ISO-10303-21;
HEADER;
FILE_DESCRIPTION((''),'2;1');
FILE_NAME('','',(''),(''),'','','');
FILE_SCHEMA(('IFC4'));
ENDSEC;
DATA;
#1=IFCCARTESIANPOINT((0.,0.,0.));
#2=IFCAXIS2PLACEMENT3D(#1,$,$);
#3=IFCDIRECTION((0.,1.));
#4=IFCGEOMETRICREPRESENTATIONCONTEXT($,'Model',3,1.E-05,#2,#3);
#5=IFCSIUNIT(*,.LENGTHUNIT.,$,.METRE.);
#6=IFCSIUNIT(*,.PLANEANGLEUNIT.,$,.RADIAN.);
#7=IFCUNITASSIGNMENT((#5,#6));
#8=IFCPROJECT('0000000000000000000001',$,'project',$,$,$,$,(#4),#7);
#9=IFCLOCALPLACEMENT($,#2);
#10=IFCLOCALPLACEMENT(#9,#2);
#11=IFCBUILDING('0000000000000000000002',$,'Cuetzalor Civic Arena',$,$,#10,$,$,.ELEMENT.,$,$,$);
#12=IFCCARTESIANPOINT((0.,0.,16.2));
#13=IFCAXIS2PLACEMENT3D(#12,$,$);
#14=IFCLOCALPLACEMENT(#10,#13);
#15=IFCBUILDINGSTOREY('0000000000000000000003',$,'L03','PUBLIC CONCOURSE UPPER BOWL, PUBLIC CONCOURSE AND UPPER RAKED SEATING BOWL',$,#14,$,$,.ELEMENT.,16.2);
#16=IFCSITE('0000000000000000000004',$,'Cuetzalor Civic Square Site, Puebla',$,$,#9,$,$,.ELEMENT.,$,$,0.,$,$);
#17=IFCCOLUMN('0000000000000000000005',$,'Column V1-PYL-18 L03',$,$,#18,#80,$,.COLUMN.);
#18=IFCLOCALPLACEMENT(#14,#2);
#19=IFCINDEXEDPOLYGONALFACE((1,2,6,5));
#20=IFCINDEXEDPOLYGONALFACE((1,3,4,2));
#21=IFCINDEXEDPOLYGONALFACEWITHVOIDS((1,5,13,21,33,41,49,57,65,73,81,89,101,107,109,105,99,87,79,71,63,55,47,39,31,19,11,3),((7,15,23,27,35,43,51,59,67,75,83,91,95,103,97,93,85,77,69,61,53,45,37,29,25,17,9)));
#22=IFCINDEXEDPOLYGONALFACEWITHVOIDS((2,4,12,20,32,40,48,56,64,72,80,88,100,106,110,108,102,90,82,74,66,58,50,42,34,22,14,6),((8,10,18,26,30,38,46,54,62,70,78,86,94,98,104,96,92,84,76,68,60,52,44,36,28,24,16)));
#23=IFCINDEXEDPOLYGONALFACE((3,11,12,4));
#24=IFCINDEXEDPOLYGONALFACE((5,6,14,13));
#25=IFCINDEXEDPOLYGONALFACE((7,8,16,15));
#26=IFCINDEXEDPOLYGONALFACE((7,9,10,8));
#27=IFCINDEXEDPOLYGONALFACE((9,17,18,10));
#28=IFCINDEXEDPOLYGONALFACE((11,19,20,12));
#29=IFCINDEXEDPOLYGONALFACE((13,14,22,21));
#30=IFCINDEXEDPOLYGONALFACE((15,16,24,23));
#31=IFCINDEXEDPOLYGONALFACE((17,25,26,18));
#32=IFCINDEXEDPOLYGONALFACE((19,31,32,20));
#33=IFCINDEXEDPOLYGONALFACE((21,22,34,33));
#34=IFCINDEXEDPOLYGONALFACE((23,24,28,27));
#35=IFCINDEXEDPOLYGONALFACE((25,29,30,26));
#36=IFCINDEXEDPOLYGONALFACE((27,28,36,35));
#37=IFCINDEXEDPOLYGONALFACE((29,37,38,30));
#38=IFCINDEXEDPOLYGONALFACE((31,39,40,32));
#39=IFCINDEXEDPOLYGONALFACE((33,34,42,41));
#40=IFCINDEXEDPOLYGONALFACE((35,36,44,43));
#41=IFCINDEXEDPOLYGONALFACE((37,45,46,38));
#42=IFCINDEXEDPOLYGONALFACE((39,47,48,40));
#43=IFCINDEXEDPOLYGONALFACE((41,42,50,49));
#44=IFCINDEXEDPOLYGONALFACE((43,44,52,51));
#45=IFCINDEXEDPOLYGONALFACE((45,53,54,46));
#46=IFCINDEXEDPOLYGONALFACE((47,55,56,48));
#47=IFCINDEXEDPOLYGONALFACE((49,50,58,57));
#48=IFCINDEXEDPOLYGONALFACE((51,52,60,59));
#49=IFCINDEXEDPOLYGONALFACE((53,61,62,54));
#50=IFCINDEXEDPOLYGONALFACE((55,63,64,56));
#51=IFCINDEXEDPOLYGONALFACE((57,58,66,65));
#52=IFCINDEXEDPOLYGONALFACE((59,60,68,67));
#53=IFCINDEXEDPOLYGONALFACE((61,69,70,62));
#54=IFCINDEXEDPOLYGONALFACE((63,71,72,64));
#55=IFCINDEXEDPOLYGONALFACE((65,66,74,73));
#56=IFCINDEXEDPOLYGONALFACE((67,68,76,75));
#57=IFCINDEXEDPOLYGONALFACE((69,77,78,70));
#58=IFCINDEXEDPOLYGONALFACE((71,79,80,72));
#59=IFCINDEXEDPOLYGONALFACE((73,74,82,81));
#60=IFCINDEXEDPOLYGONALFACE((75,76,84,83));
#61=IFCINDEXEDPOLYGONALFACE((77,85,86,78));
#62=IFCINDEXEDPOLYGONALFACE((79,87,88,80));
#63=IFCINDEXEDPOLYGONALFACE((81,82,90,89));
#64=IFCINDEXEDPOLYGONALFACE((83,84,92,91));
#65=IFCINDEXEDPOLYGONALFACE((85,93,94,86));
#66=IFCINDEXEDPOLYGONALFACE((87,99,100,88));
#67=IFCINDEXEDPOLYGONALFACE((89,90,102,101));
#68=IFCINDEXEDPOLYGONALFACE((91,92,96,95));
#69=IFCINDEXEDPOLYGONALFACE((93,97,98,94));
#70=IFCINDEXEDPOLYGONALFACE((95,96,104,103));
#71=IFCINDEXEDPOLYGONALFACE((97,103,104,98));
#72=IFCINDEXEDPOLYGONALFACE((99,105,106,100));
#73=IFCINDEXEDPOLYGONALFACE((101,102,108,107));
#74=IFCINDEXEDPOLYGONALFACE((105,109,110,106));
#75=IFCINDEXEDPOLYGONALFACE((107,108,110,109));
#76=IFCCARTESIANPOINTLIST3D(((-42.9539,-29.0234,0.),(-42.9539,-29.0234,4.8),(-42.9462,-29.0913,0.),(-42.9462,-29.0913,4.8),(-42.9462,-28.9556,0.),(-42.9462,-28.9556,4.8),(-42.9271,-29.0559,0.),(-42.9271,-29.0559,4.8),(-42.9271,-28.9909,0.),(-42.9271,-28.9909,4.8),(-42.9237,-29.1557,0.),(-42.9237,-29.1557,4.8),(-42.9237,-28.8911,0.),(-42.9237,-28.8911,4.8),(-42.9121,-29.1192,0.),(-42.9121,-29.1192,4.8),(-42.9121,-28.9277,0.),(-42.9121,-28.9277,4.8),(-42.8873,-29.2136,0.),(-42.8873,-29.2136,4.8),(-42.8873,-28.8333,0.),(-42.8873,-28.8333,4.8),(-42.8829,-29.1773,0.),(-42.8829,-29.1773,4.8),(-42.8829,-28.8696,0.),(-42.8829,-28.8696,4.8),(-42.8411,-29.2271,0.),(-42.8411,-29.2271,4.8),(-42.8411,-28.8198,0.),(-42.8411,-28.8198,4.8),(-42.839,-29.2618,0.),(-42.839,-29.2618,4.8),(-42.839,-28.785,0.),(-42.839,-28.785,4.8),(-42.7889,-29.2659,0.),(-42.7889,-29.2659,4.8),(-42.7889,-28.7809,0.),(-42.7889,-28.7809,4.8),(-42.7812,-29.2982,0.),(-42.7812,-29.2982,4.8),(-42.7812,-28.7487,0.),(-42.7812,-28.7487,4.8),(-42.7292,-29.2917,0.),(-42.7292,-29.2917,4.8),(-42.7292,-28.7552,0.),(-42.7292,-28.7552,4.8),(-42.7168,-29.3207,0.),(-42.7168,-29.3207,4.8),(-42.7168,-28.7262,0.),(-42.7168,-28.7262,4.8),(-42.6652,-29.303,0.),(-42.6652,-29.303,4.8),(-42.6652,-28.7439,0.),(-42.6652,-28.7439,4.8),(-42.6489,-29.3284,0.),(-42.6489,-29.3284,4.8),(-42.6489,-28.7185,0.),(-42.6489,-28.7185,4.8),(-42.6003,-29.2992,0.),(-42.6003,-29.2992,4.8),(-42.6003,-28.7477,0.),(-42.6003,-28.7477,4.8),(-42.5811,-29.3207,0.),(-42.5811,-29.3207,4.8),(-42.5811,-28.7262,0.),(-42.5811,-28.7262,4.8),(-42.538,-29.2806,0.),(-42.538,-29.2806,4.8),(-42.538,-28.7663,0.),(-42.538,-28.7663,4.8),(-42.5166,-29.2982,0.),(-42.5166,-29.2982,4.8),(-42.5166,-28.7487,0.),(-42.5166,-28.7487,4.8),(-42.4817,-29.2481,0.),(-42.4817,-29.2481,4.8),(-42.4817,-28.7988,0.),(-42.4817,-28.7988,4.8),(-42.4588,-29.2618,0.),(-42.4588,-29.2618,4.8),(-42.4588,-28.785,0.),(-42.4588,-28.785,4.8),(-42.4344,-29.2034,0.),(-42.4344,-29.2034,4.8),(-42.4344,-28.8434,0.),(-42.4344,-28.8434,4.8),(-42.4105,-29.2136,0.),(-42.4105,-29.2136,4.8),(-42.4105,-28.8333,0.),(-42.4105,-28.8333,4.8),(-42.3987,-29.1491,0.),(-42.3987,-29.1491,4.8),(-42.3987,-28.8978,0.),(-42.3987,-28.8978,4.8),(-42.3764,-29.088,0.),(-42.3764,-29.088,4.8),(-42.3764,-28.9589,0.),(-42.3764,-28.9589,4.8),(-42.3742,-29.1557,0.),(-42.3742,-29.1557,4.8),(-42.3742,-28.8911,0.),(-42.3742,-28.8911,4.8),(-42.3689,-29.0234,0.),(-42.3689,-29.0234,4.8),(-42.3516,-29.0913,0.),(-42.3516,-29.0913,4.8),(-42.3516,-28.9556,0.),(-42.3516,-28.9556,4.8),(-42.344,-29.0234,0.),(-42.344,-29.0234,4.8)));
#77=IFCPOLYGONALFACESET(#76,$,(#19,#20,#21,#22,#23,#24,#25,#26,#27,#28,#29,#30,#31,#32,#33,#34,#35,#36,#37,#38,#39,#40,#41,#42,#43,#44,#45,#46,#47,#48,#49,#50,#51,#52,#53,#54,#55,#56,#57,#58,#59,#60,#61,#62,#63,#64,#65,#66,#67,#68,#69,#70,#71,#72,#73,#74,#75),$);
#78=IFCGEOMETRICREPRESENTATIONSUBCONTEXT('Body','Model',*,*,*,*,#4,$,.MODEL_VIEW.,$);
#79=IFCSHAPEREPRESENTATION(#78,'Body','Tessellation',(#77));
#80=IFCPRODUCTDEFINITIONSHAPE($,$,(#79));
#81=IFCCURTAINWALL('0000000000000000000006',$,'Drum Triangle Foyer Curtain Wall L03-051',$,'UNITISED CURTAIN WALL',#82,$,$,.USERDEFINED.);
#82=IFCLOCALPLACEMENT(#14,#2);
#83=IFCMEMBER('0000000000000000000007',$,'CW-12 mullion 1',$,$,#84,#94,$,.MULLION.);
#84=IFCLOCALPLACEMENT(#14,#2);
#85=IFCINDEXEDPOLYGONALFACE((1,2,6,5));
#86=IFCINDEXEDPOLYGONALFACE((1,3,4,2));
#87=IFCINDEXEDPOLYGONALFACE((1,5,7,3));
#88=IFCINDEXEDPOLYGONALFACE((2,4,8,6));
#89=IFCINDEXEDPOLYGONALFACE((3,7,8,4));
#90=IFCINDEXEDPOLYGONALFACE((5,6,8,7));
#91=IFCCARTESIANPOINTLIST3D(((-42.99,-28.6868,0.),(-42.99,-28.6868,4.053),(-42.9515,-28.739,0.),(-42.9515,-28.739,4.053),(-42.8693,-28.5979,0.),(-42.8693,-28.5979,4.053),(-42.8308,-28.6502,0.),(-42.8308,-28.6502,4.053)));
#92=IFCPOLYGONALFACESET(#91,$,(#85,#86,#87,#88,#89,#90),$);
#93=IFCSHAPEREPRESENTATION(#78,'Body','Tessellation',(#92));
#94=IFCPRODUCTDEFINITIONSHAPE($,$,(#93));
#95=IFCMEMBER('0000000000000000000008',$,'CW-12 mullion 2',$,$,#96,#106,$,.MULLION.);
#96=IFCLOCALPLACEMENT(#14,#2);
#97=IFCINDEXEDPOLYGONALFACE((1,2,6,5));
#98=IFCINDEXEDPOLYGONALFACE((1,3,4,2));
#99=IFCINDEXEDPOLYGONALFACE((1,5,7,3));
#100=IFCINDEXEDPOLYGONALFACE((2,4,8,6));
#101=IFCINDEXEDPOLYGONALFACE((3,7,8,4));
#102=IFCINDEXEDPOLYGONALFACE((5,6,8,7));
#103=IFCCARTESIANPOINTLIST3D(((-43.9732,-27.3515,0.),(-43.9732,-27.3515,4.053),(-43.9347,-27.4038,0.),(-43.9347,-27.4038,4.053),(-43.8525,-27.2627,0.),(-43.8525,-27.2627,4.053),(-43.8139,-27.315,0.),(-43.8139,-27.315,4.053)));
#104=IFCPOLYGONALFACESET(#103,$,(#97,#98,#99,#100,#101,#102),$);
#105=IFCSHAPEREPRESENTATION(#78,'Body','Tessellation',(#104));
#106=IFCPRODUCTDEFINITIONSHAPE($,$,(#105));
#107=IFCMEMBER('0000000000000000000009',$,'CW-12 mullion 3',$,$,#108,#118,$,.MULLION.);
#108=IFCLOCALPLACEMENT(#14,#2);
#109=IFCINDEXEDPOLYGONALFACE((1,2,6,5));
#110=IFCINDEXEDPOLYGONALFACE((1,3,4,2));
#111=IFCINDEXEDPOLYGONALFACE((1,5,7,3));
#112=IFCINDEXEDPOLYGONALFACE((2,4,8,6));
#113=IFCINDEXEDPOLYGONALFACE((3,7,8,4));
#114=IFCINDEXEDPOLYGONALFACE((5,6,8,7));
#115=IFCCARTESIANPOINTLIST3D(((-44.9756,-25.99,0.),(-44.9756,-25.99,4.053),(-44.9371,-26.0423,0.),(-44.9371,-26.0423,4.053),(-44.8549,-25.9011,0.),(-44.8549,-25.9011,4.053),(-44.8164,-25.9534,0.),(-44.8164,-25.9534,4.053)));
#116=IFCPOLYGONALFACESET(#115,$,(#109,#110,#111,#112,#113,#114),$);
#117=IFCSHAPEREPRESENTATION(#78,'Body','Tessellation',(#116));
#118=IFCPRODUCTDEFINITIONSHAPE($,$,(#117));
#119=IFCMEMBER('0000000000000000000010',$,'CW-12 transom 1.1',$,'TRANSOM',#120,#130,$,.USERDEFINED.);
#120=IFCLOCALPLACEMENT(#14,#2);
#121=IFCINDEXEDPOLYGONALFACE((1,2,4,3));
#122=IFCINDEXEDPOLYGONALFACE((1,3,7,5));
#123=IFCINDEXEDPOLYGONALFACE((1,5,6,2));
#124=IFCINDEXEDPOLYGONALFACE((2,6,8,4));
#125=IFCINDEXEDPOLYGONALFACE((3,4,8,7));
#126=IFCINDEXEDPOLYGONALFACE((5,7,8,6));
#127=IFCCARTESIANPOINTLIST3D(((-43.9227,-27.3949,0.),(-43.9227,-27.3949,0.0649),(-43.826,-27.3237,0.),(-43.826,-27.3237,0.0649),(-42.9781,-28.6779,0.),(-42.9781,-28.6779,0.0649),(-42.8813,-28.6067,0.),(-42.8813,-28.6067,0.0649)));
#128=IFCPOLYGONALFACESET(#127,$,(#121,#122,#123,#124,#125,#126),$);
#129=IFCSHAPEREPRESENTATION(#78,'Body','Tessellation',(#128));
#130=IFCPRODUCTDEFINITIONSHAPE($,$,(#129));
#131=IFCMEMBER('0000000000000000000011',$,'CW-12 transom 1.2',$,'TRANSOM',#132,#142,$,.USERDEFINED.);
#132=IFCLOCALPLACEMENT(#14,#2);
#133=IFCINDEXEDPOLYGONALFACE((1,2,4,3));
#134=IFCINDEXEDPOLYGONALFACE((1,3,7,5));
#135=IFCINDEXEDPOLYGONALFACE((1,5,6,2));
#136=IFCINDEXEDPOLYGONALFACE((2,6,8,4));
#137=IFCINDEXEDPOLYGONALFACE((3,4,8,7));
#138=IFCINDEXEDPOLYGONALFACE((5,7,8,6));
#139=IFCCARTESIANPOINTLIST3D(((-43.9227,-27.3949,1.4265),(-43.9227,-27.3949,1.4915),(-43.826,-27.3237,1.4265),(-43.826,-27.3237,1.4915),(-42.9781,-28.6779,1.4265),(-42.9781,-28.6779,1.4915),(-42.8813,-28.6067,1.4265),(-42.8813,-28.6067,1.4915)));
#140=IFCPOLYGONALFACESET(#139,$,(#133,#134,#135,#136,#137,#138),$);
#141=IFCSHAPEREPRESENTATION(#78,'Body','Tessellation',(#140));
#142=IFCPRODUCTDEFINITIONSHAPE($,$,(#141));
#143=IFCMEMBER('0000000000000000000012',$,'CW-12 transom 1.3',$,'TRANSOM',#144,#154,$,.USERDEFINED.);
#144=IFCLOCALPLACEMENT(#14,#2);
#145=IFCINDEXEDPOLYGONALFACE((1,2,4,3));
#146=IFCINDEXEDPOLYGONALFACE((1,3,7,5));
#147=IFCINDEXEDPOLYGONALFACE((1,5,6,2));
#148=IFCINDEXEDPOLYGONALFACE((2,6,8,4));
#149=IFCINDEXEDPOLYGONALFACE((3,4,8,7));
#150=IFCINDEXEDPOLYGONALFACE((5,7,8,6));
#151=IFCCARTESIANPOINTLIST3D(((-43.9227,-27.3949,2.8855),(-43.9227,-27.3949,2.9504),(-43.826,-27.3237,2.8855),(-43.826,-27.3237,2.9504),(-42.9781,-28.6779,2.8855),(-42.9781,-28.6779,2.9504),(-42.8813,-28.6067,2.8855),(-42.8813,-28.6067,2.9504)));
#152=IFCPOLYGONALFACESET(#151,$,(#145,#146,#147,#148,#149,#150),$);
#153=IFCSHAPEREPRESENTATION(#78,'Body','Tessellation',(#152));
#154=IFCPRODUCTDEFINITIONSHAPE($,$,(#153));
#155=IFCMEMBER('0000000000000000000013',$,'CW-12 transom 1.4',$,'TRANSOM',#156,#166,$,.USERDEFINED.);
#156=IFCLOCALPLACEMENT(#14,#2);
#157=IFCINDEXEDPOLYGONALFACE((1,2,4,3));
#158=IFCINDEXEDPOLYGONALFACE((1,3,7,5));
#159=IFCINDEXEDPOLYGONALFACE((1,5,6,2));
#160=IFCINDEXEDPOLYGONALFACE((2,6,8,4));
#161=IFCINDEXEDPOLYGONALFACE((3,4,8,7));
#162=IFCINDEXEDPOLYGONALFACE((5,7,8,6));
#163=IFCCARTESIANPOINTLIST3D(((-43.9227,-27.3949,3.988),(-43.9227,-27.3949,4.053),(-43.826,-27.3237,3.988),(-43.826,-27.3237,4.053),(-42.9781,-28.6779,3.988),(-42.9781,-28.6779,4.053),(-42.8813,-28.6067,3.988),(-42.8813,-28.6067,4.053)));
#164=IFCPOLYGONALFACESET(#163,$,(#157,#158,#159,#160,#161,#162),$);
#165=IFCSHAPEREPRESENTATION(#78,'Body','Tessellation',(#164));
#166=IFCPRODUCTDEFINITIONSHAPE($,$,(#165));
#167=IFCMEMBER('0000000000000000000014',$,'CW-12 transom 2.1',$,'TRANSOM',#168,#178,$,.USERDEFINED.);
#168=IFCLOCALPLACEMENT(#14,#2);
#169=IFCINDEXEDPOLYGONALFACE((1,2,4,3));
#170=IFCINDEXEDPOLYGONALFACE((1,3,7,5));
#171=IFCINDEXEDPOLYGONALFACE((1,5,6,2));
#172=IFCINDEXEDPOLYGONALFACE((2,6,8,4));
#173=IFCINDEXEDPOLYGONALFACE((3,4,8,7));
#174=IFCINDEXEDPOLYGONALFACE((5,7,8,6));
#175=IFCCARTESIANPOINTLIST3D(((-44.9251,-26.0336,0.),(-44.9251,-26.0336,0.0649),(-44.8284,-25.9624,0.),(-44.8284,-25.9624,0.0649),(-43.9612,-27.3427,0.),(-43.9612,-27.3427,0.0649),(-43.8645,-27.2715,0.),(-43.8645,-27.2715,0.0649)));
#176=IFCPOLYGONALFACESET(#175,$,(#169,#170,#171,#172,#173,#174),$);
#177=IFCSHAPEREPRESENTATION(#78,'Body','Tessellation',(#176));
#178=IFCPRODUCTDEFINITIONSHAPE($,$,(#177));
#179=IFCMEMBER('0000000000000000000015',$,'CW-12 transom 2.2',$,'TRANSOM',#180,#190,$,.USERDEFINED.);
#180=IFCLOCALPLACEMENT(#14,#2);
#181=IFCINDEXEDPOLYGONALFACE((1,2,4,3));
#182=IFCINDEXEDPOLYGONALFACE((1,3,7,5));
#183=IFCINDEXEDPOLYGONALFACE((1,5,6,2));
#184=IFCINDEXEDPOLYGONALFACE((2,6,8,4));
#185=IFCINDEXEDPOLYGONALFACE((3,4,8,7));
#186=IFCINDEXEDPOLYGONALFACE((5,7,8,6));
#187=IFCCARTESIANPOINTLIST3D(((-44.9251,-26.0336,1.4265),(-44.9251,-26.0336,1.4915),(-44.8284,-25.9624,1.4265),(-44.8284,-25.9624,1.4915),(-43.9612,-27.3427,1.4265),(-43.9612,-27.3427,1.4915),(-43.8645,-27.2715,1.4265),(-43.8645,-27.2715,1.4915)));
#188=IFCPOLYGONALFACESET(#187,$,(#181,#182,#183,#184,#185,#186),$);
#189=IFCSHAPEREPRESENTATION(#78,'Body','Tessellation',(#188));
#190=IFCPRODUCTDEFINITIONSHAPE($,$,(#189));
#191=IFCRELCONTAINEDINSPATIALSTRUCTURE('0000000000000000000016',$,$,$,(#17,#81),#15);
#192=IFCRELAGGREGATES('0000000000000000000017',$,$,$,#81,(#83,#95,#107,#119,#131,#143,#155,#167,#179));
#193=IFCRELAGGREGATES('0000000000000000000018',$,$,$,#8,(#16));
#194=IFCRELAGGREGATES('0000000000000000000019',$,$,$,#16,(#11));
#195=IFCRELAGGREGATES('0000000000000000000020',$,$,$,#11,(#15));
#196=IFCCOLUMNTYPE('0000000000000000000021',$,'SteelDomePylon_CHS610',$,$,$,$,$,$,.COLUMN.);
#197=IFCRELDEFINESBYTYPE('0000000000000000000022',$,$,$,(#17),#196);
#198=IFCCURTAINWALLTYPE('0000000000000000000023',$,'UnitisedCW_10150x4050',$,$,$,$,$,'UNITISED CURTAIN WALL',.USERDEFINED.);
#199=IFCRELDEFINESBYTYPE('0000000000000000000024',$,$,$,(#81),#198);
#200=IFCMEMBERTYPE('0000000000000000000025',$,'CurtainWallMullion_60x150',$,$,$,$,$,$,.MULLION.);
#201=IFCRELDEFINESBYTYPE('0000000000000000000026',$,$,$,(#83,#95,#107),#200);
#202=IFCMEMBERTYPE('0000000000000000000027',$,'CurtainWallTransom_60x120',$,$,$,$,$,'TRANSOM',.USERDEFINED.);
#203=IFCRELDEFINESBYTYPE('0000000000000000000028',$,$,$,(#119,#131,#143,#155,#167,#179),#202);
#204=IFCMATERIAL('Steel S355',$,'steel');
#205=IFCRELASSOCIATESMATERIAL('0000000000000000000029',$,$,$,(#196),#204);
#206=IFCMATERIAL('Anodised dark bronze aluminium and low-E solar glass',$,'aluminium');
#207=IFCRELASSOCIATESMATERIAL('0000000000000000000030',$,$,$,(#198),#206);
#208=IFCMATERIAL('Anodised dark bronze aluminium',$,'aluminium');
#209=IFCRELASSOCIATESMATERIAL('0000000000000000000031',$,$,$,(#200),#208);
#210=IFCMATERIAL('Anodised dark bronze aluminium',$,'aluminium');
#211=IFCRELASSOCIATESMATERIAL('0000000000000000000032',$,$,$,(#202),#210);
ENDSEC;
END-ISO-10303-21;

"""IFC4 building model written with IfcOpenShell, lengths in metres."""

from ifc_helpers import new_model, si_unit, direction, frame, origin, origin_2d, place, context, subcontext, project, spatial, rectangle, hollow_circle, extrude, material, material_profile, profile_set, type_object, element, aggregate, save


model = new_model("IFC4")

# Units and contexts
model_context = context("Model", 3, precision=1e-05, world=origin(), true_north=direction((0.0, 1.0)))
body_context = subcontext(model_context, "Body", "Model", "MODEL_VIEW")
ifc_project = project(units=[si_unit("LENGTHUNIT", "METRE"), si_unit("PLANEANGLEUNIT", "RADIAN")], contexts=[model_context])

# Site, building, storey
site_placement = place(None, origin())
site = spatial("IfcSite", under=ifc_project, at=site_placement, Name="Cuetzalor Civic Square Site, Puebla", CompositionType="ELEMENT", RefElevation=0.0)
building_placement = place(site_placement, origin())
building = spatial("IfcBuilding", under=site, at=building_placement, Name="Cuetzalor Civic Arena", CompositionType="ELEMENT")
storey_placement = place(building_placement, frame((0.0, 0.0, 16.2)))
storey = spatial("IfcBuildingStorey", under=building, at=storey_placement, Name="L03", Description="PUBLIC CONCOURSE UPPER BOWL, PUBLIC CONCOURSE AND UPPER RAKED SEATING BOWL", CompositionType="ELEMENT", Elevation=16.2)

# Column
ifc_material_1 = material(Name="Steel S355", Category="steel")
ifc_material_profile_1 = material_profile(ifc_material_1, hollow_circle(Radius=0.3049, WallThickness=0.0249, at=origin_2d()), Name="CHS 610x25")
ifc_profile_set_1 = profile_set([ifc_material_profile_1], Name="Steel S355")
column_type = type_object("IfcColumnType", Name="SteelDomePylon_CHS610", PredefinedType="COLUMN", material=ifc_profile_set_1)
column_placement = place(storey_placement, frame((-42.6489, -29.0234, 0.0), z_axis=(0.0, 0.0, 1.0), x_axis=(1.0, 0.0, 0.0)))
element("IfcColumn", 1, at=column_placement, inside=storey, type_object=column_type, Name="Column V1-PYL-18 L03", PredefinedType="COLUMN", context=body_context, shape_type="SweptSolid", body=[
    extrude(hollow_circle(Radius=0.3049, WallThickness=0.0249, at=origin_2d()), origin(), (0.0, 0.0, 1.0), 4.8),
])

# Curtain wall, members
ifc_material_2 = material(Name="Anodised dark bronze aluminium and low-E solar glass", Category="aluminium")
curtain_wall_type = type_object("IfcCurtainWallType", Name="UnitisedCW_10150x4050", ElementType="UNITISED CURTAIN WALL", PredefinedType="USERDEFINED", material=ifc_material_2)
curtain_wall_placement = place(storey_placement, origin())
curtain_wall = element("IfcCurtainWall", 2, at=curtain_wall_placement, inside=storey, type_object=curtain_wall_type, Name="Drum Triangle Foyer Curtain Wall L03-051", ObjectType="UNITISED CURTAIN WALL", PredefinedType="USERDEFINED")
ifc_material_3 = material(Name="Anodised dark bronze aluminium", Category="aluminium")
ifc_material_profile_2 = material_profile(ifc_material_3, rectangle(XDim=0.0649, YDim=0.1499, at=origin_2d()), Name="ALU MULLION 65x150")
ifc_profile_set_2 = profile_set([ifc_material_profile_2], Name="Anodised dark bronze aluminium")
member_type_1 = type_object("IfcMemberType", Name="CurtainWallMullion_60x150", PredefinedType="MULLION", material=ifc_profile_set_2)
member_1_placement = place(storey_placement, frame((-42.9104, -28.6685, 0.0), z_axis=(0.0, 0.0, 1.0), x_axis=(-0.592929, 0.805255, 0.0)))
member_1 = element("IfcMember", 3, at=member_1_placement, type_object=member_type_1, Name="CW-12 mullion 1", PredefinedType="MULLION", context=body_context, shape_type="SweptSolid", body=[
    extrude(rectangle(XDim=0.0649, YDim=0.1499, at=origin_2d()), origin(), (0.0, 0.0, 1.0), 4.053),
])
member_2_placement = place(storey_placement, frame((-43.8936, -27.3333, 0.0), z_axis=(0.0, 0.0, 1.0), x_axis=(-0.592929, 0.805255, 0.0)))
member_2 = element("IfcMember", 4, at=member_2_placement, type_object=member_type_1, Name="CW-12 mullion 2", PredefinedType="MULLION", context=body_context, shape_type="SweptSolid", body=[
    extrude(rectangle(XDim=0.0649, YDim=0.1499, at=origin_2d()), origin(), (0.0, 0.0, 1.0), 4.053),
])
member_3_placement = place(storey_placement, frame((-44.896, -25.9717, 0.0), z_axis=(0.0, 0.0, 1.0), x_axis=(-0.592929, 0.805255, 0.0)))
member_3 = element("IfcMember", 5, at=member_3_placement, type_object=member_type_1, Name="CW-12 mullion 3", PredefinedType="MULLION", context=body_context, shape_type="SweptSolid", body=[
    extrude(rectangle(XDim=0.0649, YDim=0.1499, at=origin_2d()), origin(), (0.0, 0.0, 1.0), 4.053),
])
ifc_material_4 = material(Name="Anodised dark bronze aluminium", Category="aluminium")
ifc_material_profile_3 = material_profile(ifc_material_4, rectangle(XDim=0.1201, YDim=0.0649, at=origin_2d()), Name="ALU TRANSOM 65x120")
ifc_profile_set_3 = profile_set([ifc_material_profile_3], Name="Anodised dark bronze aluminium")
member_type_2 = type_object("IfcMemberType", Name="CurtainWallTransom_60x120", ElementType="TRANSOM", PredefinedType="USERDEFINED", material=ifc_profile_set_3)
member_4_placement = place(storey_placement, frame((-42.9297, -28.6423, 0.0325), z_axis=(-0.592891, 0.805283, 0.0), x_axis=(-0.805283, -0.592891, 0.0)))
member_4 = element("IfcMember", 6, at=member_4_placement, type_object=member_type_2, Name="CW-12 transom 1.1", ObjectType="TRANSOM", PredefinedType="USERDEFINED", context=body_context, shape_type="SweptSolid", body=[
    extrude(rectangle(XDim=0.1201, YDim=0.0649, at=origin_2d()), origin(), (0.0, 0.0, 1.0), 1.5933),
])
member_5_placement = place(storey_placement, frame((-42.9297, -28.6423, 1.459), z_axis=(-0.592891, 0.805283, 0.0), x_axis=(-0.805283, -0.592891, 0.0)))
member_5 = element("IfcMember", 7, at=member_5_placement, type_object=member_type_2, Name="CW-12 transom 1.2", ObjectType="TRANSOM", PredefinedType="USERDEFINED", context=body_context, shape_type="SweptSolid", body=[
    extrude(rectangle(XDim=0.1201, YDim=0.0649, at=origin_2d()), origin(), (0.0, 0.0, 1.0), 1.5933),
])
member_6_placement = place(storey_placement, frame((-42.9297, -28.6423, 2.918), z_axis=(-0.592891, 0.805283, 0.0), x_axis=(-0.805283, -0.592891, 0.0)))
member_6 = element("IfcMember", 8, at=member_6_placement, type_object=member_type_2, Name="CW-12 transom 1.3", ObjectType="TRANSOM", PredefinedType="USERDEFINED", context=body_context, shape_type="SweptSolid", body=[
    extrude(rectangle(XDim=0.1201, YDim=0.0649, at=origin_2d()), origin(), (0.0, 0.0, 1.0), 1.5933),
])
member_7_placement = place(storey_placement, frame((-42.9297, -28.6423, 4.0205), z_axis=(-0.592891, 0.805283, 0.0), x_axis=(-0.805283, -0.592891, 0.0)))
member_7 = element("IfcMember", 9, at=member_7_placement, type_object=member_type_2, Name="CW-12 transom 1.4", ObjectType="TRANSOM", PredefinedType="USERDEFINED", context=body_context, shape_type="SweptSolid", body=[
    extrude(rectangle(XDim=0.1201, YDim=0.0649, at=origin_2d()), origin(), (0.0, 0.0, 1.0), 1.5933),
])
member_8_placement = place(storey_placement, frame((-43.9128, -27.3071, 0.0325), z_axis=(-0.592912, 0.805267, 0.0), x_axis=(-0.805267, -0.592912, 0.0)))
member_8 = element("IfcMember", 10, at=member_8_placement, type_object=member_type_2, Name="CW-12 transom 2.1", ObjectType="TRANSOM", PredefinedType="USERDEFINED", context=body_context, shape_type="SweptSolid", body=[
    extrude(rectangle(XDim=0.1201, YDim=0.0649, at=origin_2d()), origin(), (0.0, 0.0, 1.0), 1.6257),
])
member_9_placement = place(storey_placement, frame((-43.9128, -27.3071, 1.459), z_axis=(-0.592912, 0.805267, 0.0), x_axis=(-0.805267, -0.592912, 0.0)))
member_9 = element("IfcMember", 11, at=member_9_placement, type_object=member_type_2, Name="CW-12 transom 2.2", ObjectType="TRANSOM", PredefinedType="USERDEFINED", context=body_context, shape_type="SweptSolid", body=[
    extrude(rectangle(XDim=0.1201, YDim=0.0649, at=origin_2d()), origin(), (0.0, 0.0, 1.0), 1.6257),
])

aggregate(curtain_wall, [member_1, member_2, member_3, member_4, member_5, member_6, member_7, member_8, member_9])

save(model, "model.ifc")
